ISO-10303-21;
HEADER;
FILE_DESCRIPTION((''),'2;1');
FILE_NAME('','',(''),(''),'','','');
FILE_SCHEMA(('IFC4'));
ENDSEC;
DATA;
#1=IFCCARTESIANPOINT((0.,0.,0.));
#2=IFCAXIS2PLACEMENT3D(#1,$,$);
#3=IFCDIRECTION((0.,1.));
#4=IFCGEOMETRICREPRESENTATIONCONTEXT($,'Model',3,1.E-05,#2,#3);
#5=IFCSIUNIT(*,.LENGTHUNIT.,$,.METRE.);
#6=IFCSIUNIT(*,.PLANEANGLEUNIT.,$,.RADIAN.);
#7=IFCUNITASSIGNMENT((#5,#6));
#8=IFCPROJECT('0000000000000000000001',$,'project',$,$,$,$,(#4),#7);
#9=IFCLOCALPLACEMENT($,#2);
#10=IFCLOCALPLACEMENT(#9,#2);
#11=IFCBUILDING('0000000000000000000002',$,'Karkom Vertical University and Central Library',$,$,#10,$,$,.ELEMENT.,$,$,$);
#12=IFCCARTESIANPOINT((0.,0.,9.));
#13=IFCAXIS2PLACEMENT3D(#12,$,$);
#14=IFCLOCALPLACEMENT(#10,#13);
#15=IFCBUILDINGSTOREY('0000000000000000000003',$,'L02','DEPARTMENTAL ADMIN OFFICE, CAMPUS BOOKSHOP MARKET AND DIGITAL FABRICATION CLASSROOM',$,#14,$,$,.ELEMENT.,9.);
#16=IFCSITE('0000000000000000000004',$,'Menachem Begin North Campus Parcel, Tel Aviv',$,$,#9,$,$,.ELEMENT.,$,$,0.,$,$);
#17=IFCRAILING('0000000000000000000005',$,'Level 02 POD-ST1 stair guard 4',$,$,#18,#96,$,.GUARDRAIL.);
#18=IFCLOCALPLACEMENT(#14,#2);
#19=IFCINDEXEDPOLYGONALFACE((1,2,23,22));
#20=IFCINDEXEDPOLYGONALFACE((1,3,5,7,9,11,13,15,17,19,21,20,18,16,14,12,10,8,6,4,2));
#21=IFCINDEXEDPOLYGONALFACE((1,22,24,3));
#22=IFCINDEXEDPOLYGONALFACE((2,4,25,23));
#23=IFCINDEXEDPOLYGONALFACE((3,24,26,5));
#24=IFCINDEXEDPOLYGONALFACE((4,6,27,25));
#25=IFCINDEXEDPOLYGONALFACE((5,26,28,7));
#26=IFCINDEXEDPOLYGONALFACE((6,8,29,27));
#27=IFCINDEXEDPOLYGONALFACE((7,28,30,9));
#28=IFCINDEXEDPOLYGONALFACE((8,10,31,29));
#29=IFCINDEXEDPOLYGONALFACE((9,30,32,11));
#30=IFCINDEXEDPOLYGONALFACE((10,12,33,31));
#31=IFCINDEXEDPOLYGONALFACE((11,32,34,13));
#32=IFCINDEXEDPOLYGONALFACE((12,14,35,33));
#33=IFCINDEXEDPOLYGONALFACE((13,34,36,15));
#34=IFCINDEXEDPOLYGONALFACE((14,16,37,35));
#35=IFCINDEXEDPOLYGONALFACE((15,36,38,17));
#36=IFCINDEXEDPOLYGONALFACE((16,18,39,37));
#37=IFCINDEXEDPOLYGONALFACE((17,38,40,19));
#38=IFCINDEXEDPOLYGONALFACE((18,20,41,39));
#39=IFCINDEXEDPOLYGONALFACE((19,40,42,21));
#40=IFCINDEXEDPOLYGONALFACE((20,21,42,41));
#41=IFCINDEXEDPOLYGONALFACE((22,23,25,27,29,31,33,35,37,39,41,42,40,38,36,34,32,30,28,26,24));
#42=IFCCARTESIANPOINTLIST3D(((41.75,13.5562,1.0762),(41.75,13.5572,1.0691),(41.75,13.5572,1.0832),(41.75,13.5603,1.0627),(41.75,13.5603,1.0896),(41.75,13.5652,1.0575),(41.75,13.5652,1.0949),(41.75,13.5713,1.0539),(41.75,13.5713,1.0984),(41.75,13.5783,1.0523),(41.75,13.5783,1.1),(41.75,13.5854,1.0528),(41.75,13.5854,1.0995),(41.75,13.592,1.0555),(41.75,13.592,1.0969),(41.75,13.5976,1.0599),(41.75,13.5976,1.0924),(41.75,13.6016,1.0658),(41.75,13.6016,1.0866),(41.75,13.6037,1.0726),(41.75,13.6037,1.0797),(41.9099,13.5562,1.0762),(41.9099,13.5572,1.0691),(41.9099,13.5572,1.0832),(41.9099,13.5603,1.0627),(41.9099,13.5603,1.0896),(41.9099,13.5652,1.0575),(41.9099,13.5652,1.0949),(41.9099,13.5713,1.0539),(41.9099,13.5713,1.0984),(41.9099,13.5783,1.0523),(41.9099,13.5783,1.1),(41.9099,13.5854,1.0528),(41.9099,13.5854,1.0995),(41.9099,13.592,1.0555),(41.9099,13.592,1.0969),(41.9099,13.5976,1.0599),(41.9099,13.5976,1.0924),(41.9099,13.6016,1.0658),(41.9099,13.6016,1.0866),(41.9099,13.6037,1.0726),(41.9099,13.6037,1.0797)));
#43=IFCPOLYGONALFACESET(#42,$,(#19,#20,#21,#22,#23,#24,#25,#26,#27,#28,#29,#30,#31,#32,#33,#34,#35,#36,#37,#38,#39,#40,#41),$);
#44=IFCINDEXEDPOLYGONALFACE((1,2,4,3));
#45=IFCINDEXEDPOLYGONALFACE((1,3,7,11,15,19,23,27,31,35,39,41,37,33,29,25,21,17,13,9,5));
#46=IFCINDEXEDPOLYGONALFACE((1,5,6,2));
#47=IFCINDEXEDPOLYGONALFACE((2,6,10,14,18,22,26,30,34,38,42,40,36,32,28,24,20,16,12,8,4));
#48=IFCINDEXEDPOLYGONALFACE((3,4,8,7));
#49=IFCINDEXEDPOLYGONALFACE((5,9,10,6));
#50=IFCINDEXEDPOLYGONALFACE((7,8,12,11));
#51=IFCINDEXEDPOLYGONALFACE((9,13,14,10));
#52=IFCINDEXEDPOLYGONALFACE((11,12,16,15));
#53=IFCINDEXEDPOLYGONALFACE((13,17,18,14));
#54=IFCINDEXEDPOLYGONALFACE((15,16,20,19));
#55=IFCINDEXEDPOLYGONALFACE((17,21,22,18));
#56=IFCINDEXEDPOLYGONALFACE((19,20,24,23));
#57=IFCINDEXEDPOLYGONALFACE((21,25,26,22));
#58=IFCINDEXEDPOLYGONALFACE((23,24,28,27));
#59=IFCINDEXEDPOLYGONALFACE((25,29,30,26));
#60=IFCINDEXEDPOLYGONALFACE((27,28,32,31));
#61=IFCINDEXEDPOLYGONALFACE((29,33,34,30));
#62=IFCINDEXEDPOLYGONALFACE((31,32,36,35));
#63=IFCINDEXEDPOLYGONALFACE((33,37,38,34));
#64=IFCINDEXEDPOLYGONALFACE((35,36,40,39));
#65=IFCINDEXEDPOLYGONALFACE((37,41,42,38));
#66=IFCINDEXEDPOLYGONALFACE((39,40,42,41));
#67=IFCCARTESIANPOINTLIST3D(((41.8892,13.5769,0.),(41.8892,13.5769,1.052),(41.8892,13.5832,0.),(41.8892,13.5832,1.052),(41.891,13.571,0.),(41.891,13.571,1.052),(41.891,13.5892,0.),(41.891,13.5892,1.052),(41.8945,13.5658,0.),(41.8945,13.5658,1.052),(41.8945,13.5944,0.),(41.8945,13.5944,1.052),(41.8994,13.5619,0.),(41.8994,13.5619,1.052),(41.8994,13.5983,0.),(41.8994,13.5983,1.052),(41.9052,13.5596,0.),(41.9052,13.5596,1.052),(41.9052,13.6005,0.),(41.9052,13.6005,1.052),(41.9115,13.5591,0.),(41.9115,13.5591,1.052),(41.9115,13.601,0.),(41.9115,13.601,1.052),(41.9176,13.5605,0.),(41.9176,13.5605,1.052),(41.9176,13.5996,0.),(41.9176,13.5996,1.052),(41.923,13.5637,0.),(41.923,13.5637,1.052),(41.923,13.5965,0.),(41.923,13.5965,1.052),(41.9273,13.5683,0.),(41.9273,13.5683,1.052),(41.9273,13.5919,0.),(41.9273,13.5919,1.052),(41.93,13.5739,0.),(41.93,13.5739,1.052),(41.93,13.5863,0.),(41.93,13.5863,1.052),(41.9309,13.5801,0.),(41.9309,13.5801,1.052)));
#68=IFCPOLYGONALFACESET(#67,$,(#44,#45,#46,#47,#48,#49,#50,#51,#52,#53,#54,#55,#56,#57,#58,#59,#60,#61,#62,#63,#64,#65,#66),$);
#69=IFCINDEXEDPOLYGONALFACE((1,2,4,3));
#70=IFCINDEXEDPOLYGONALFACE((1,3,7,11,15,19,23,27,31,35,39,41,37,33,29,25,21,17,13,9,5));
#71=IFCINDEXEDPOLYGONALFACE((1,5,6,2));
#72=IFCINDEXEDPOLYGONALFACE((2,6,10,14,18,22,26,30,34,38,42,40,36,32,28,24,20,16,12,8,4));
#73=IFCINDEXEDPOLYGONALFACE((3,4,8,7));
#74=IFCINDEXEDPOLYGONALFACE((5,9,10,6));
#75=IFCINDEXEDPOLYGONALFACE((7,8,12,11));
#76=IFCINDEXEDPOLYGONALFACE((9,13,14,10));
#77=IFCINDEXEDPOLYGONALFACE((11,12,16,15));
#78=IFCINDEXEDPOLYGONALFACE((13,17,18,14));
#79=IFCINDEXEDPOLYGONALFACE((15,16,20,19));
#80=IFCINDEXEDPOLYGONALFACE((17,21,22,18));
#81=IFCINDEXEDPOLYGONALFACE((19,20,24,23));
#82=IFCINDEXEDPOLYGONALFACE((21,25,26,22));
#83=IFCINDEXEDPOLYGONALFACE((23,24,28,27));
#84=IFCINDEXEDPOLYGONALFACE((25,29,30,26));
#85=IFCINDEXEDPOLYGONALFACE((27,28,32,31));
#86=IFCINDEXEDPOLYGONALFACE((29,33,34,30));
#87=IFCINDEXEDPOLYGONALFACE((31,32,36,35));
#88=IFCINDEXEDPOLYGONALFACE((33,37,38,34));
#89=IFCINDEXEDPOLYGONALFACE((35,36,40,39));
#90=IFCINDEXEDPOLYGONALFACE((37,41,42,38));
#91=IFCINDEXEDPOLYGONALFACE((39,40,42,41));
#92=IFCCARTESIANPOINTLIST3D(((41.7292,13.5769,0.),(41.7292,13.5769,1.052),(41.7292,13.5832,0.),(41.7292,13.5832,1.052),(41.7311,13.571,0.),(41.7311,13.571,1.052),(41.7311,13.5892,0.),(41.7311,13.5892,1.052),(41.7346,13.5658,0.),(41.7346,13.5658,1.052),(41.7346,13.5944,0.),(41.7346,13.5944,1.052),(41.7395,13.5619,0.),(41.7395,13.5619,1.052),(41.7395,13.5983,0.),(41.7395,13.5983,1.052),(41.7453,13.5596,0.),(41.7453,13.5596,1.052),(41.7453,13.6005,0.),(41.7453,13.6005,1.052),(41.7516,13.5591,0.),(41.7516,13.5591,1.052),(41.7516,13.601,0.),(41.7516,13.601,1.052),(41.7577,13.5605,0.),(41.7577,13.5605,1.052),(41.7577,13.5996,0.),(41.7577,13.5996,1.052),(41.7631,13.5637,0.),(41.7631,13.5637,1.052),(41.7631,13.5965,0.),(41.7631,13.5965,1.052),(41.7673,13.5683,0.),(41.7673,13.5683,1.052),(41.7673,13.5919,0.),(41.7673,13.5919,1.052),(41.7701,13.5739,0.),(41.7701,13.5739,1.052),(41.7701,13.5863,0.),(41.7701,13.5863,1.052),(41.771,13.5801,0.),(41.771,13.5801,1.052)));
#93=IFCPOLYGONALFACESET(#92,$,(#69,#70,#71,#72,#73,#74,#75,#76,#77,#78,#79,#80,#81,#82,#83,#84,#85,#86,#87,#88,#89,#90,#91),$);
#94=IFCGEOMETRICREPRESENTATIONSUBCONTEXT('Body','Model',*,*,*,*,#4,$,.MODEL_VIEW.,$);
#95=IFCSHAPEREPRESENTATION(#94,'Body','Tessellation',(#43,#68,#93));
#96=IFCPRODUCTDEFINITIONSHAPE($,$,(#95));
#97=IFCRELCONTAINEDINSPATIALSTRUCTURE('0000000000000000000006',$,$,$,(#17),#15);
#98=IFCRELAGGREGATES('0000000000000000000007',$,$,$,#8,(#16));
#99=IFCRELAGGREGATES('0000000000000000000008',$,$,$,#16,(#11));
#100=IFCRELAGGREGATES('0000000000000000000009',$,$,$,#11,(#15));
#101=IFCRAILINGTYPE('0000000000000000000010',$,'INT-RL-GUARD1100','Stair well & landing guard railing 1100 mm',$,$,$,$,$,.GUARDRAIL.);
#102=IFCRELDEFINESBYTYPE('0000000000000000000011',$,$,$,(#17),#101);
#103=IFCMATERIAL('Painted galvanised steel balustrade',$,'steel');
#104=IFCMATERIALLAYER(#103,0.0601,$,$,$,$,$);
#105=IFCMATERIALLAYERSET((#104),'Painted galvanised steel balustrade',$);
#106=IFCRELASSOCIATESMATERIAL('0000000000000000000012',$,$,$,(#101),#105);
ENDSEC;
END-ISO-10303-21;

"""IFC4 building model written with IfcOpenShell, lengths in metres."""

from ifc_helpers import new_model, si_unit, direction, frame, origin, origin_2d, place, context, subcontext, project, spatial, circle, extrude, material, layer, layer_set, type_object, element, save


model = new_model("IFC4")

# Units and contexts
model_context = context("Model", 3, precision=1e-05, world=origin(), true_north=direction((0.0, 1.0)))
body_context = subcontext(model_context, "Body", "Model", "MODEL_VIEW")
ifc_project = project(units=[si_unit("LENGTHUNIT", "METRE"), si_unit("PLANEANGLEUNIT", "RADIAN")], contexts=[model_context])

# Site, building, storey
site_placement = place(None, origin())
site = spatial("IfcSite", under=ifc_project, at=site_placement, Name="Menachem Begin North Campus Parcel, Tel Aviv", CompositionType="ELEMENT", RefElevation=0.0)
building_placement = place(site_placement, origin())
building = spatial("IfcBuilding", under=site, at=building_placement, Name="Karkom Vertical University and Central Library", CompositionType="ELEMENT")
storey_placement = place(building_placement, frame((0.0, 0.0, 9.0)))
storey = spatial("IfcBuildingStorey", under=building, at=storey_placement, Name="L02", Description="DEPARTMENTAL ADMIN OFFICE, CAMPUS BOOKSHOP MARKET AND DIGITAL FABRICATION CLASSROOM", CompositionType="ELEMENT", Elevation=9.0)

# Railing
ifc_material_1 = material(Name="Painted galvanised steel balustrade", Category="steel")
ifc_layer_1 = layer(ifc_material_1, 0.0601)
ifc_layer_set_1 = layer_set([ifc_layer_1], Name="Painted galvanised steel balustrade")
railing_type_1 = type_object("IfcRailingType", Name="INT-RL-GUARD1100", Description="Stair well & landing guard railing 1100 mm", PredefinedType="GUARDRAIL", material=ifc_layer_set_1)
railing_1_placement = place(storey_placement, frame((41.9099, 13.5801, 0.0)))
element("IfcRailing", 1, at=railing_1_placement, inside=storey, type_object=railing_type_1, Name="Level 02 POD-ST1 stair guard 4", PredefinedType="GUARDRAIL", context=body_context, shape_type="SweptSolid", body=[
    extrude(circle(Radius=0.0239, at=origin_2d()), frame((0.0, 0.0, 1.0762), z_axis=(-1.0, 0.0, 0.0), x_axis=(0.0, -1.0, 0.0)), (0.0, 0.0, 1.0), 0.1599),
    extrude(circle(Radius=0.021, at=origin_2d()), origin(), (0.0, 0.0, 1.0), 1.052),
    extrude(circle(Radius=0.021, at=origin_2d()), frame((-0.1599, 0.0, 0.0)), (0.0, 0.0, 1.0), 1.052),
])

save(model, "model.ifc")
